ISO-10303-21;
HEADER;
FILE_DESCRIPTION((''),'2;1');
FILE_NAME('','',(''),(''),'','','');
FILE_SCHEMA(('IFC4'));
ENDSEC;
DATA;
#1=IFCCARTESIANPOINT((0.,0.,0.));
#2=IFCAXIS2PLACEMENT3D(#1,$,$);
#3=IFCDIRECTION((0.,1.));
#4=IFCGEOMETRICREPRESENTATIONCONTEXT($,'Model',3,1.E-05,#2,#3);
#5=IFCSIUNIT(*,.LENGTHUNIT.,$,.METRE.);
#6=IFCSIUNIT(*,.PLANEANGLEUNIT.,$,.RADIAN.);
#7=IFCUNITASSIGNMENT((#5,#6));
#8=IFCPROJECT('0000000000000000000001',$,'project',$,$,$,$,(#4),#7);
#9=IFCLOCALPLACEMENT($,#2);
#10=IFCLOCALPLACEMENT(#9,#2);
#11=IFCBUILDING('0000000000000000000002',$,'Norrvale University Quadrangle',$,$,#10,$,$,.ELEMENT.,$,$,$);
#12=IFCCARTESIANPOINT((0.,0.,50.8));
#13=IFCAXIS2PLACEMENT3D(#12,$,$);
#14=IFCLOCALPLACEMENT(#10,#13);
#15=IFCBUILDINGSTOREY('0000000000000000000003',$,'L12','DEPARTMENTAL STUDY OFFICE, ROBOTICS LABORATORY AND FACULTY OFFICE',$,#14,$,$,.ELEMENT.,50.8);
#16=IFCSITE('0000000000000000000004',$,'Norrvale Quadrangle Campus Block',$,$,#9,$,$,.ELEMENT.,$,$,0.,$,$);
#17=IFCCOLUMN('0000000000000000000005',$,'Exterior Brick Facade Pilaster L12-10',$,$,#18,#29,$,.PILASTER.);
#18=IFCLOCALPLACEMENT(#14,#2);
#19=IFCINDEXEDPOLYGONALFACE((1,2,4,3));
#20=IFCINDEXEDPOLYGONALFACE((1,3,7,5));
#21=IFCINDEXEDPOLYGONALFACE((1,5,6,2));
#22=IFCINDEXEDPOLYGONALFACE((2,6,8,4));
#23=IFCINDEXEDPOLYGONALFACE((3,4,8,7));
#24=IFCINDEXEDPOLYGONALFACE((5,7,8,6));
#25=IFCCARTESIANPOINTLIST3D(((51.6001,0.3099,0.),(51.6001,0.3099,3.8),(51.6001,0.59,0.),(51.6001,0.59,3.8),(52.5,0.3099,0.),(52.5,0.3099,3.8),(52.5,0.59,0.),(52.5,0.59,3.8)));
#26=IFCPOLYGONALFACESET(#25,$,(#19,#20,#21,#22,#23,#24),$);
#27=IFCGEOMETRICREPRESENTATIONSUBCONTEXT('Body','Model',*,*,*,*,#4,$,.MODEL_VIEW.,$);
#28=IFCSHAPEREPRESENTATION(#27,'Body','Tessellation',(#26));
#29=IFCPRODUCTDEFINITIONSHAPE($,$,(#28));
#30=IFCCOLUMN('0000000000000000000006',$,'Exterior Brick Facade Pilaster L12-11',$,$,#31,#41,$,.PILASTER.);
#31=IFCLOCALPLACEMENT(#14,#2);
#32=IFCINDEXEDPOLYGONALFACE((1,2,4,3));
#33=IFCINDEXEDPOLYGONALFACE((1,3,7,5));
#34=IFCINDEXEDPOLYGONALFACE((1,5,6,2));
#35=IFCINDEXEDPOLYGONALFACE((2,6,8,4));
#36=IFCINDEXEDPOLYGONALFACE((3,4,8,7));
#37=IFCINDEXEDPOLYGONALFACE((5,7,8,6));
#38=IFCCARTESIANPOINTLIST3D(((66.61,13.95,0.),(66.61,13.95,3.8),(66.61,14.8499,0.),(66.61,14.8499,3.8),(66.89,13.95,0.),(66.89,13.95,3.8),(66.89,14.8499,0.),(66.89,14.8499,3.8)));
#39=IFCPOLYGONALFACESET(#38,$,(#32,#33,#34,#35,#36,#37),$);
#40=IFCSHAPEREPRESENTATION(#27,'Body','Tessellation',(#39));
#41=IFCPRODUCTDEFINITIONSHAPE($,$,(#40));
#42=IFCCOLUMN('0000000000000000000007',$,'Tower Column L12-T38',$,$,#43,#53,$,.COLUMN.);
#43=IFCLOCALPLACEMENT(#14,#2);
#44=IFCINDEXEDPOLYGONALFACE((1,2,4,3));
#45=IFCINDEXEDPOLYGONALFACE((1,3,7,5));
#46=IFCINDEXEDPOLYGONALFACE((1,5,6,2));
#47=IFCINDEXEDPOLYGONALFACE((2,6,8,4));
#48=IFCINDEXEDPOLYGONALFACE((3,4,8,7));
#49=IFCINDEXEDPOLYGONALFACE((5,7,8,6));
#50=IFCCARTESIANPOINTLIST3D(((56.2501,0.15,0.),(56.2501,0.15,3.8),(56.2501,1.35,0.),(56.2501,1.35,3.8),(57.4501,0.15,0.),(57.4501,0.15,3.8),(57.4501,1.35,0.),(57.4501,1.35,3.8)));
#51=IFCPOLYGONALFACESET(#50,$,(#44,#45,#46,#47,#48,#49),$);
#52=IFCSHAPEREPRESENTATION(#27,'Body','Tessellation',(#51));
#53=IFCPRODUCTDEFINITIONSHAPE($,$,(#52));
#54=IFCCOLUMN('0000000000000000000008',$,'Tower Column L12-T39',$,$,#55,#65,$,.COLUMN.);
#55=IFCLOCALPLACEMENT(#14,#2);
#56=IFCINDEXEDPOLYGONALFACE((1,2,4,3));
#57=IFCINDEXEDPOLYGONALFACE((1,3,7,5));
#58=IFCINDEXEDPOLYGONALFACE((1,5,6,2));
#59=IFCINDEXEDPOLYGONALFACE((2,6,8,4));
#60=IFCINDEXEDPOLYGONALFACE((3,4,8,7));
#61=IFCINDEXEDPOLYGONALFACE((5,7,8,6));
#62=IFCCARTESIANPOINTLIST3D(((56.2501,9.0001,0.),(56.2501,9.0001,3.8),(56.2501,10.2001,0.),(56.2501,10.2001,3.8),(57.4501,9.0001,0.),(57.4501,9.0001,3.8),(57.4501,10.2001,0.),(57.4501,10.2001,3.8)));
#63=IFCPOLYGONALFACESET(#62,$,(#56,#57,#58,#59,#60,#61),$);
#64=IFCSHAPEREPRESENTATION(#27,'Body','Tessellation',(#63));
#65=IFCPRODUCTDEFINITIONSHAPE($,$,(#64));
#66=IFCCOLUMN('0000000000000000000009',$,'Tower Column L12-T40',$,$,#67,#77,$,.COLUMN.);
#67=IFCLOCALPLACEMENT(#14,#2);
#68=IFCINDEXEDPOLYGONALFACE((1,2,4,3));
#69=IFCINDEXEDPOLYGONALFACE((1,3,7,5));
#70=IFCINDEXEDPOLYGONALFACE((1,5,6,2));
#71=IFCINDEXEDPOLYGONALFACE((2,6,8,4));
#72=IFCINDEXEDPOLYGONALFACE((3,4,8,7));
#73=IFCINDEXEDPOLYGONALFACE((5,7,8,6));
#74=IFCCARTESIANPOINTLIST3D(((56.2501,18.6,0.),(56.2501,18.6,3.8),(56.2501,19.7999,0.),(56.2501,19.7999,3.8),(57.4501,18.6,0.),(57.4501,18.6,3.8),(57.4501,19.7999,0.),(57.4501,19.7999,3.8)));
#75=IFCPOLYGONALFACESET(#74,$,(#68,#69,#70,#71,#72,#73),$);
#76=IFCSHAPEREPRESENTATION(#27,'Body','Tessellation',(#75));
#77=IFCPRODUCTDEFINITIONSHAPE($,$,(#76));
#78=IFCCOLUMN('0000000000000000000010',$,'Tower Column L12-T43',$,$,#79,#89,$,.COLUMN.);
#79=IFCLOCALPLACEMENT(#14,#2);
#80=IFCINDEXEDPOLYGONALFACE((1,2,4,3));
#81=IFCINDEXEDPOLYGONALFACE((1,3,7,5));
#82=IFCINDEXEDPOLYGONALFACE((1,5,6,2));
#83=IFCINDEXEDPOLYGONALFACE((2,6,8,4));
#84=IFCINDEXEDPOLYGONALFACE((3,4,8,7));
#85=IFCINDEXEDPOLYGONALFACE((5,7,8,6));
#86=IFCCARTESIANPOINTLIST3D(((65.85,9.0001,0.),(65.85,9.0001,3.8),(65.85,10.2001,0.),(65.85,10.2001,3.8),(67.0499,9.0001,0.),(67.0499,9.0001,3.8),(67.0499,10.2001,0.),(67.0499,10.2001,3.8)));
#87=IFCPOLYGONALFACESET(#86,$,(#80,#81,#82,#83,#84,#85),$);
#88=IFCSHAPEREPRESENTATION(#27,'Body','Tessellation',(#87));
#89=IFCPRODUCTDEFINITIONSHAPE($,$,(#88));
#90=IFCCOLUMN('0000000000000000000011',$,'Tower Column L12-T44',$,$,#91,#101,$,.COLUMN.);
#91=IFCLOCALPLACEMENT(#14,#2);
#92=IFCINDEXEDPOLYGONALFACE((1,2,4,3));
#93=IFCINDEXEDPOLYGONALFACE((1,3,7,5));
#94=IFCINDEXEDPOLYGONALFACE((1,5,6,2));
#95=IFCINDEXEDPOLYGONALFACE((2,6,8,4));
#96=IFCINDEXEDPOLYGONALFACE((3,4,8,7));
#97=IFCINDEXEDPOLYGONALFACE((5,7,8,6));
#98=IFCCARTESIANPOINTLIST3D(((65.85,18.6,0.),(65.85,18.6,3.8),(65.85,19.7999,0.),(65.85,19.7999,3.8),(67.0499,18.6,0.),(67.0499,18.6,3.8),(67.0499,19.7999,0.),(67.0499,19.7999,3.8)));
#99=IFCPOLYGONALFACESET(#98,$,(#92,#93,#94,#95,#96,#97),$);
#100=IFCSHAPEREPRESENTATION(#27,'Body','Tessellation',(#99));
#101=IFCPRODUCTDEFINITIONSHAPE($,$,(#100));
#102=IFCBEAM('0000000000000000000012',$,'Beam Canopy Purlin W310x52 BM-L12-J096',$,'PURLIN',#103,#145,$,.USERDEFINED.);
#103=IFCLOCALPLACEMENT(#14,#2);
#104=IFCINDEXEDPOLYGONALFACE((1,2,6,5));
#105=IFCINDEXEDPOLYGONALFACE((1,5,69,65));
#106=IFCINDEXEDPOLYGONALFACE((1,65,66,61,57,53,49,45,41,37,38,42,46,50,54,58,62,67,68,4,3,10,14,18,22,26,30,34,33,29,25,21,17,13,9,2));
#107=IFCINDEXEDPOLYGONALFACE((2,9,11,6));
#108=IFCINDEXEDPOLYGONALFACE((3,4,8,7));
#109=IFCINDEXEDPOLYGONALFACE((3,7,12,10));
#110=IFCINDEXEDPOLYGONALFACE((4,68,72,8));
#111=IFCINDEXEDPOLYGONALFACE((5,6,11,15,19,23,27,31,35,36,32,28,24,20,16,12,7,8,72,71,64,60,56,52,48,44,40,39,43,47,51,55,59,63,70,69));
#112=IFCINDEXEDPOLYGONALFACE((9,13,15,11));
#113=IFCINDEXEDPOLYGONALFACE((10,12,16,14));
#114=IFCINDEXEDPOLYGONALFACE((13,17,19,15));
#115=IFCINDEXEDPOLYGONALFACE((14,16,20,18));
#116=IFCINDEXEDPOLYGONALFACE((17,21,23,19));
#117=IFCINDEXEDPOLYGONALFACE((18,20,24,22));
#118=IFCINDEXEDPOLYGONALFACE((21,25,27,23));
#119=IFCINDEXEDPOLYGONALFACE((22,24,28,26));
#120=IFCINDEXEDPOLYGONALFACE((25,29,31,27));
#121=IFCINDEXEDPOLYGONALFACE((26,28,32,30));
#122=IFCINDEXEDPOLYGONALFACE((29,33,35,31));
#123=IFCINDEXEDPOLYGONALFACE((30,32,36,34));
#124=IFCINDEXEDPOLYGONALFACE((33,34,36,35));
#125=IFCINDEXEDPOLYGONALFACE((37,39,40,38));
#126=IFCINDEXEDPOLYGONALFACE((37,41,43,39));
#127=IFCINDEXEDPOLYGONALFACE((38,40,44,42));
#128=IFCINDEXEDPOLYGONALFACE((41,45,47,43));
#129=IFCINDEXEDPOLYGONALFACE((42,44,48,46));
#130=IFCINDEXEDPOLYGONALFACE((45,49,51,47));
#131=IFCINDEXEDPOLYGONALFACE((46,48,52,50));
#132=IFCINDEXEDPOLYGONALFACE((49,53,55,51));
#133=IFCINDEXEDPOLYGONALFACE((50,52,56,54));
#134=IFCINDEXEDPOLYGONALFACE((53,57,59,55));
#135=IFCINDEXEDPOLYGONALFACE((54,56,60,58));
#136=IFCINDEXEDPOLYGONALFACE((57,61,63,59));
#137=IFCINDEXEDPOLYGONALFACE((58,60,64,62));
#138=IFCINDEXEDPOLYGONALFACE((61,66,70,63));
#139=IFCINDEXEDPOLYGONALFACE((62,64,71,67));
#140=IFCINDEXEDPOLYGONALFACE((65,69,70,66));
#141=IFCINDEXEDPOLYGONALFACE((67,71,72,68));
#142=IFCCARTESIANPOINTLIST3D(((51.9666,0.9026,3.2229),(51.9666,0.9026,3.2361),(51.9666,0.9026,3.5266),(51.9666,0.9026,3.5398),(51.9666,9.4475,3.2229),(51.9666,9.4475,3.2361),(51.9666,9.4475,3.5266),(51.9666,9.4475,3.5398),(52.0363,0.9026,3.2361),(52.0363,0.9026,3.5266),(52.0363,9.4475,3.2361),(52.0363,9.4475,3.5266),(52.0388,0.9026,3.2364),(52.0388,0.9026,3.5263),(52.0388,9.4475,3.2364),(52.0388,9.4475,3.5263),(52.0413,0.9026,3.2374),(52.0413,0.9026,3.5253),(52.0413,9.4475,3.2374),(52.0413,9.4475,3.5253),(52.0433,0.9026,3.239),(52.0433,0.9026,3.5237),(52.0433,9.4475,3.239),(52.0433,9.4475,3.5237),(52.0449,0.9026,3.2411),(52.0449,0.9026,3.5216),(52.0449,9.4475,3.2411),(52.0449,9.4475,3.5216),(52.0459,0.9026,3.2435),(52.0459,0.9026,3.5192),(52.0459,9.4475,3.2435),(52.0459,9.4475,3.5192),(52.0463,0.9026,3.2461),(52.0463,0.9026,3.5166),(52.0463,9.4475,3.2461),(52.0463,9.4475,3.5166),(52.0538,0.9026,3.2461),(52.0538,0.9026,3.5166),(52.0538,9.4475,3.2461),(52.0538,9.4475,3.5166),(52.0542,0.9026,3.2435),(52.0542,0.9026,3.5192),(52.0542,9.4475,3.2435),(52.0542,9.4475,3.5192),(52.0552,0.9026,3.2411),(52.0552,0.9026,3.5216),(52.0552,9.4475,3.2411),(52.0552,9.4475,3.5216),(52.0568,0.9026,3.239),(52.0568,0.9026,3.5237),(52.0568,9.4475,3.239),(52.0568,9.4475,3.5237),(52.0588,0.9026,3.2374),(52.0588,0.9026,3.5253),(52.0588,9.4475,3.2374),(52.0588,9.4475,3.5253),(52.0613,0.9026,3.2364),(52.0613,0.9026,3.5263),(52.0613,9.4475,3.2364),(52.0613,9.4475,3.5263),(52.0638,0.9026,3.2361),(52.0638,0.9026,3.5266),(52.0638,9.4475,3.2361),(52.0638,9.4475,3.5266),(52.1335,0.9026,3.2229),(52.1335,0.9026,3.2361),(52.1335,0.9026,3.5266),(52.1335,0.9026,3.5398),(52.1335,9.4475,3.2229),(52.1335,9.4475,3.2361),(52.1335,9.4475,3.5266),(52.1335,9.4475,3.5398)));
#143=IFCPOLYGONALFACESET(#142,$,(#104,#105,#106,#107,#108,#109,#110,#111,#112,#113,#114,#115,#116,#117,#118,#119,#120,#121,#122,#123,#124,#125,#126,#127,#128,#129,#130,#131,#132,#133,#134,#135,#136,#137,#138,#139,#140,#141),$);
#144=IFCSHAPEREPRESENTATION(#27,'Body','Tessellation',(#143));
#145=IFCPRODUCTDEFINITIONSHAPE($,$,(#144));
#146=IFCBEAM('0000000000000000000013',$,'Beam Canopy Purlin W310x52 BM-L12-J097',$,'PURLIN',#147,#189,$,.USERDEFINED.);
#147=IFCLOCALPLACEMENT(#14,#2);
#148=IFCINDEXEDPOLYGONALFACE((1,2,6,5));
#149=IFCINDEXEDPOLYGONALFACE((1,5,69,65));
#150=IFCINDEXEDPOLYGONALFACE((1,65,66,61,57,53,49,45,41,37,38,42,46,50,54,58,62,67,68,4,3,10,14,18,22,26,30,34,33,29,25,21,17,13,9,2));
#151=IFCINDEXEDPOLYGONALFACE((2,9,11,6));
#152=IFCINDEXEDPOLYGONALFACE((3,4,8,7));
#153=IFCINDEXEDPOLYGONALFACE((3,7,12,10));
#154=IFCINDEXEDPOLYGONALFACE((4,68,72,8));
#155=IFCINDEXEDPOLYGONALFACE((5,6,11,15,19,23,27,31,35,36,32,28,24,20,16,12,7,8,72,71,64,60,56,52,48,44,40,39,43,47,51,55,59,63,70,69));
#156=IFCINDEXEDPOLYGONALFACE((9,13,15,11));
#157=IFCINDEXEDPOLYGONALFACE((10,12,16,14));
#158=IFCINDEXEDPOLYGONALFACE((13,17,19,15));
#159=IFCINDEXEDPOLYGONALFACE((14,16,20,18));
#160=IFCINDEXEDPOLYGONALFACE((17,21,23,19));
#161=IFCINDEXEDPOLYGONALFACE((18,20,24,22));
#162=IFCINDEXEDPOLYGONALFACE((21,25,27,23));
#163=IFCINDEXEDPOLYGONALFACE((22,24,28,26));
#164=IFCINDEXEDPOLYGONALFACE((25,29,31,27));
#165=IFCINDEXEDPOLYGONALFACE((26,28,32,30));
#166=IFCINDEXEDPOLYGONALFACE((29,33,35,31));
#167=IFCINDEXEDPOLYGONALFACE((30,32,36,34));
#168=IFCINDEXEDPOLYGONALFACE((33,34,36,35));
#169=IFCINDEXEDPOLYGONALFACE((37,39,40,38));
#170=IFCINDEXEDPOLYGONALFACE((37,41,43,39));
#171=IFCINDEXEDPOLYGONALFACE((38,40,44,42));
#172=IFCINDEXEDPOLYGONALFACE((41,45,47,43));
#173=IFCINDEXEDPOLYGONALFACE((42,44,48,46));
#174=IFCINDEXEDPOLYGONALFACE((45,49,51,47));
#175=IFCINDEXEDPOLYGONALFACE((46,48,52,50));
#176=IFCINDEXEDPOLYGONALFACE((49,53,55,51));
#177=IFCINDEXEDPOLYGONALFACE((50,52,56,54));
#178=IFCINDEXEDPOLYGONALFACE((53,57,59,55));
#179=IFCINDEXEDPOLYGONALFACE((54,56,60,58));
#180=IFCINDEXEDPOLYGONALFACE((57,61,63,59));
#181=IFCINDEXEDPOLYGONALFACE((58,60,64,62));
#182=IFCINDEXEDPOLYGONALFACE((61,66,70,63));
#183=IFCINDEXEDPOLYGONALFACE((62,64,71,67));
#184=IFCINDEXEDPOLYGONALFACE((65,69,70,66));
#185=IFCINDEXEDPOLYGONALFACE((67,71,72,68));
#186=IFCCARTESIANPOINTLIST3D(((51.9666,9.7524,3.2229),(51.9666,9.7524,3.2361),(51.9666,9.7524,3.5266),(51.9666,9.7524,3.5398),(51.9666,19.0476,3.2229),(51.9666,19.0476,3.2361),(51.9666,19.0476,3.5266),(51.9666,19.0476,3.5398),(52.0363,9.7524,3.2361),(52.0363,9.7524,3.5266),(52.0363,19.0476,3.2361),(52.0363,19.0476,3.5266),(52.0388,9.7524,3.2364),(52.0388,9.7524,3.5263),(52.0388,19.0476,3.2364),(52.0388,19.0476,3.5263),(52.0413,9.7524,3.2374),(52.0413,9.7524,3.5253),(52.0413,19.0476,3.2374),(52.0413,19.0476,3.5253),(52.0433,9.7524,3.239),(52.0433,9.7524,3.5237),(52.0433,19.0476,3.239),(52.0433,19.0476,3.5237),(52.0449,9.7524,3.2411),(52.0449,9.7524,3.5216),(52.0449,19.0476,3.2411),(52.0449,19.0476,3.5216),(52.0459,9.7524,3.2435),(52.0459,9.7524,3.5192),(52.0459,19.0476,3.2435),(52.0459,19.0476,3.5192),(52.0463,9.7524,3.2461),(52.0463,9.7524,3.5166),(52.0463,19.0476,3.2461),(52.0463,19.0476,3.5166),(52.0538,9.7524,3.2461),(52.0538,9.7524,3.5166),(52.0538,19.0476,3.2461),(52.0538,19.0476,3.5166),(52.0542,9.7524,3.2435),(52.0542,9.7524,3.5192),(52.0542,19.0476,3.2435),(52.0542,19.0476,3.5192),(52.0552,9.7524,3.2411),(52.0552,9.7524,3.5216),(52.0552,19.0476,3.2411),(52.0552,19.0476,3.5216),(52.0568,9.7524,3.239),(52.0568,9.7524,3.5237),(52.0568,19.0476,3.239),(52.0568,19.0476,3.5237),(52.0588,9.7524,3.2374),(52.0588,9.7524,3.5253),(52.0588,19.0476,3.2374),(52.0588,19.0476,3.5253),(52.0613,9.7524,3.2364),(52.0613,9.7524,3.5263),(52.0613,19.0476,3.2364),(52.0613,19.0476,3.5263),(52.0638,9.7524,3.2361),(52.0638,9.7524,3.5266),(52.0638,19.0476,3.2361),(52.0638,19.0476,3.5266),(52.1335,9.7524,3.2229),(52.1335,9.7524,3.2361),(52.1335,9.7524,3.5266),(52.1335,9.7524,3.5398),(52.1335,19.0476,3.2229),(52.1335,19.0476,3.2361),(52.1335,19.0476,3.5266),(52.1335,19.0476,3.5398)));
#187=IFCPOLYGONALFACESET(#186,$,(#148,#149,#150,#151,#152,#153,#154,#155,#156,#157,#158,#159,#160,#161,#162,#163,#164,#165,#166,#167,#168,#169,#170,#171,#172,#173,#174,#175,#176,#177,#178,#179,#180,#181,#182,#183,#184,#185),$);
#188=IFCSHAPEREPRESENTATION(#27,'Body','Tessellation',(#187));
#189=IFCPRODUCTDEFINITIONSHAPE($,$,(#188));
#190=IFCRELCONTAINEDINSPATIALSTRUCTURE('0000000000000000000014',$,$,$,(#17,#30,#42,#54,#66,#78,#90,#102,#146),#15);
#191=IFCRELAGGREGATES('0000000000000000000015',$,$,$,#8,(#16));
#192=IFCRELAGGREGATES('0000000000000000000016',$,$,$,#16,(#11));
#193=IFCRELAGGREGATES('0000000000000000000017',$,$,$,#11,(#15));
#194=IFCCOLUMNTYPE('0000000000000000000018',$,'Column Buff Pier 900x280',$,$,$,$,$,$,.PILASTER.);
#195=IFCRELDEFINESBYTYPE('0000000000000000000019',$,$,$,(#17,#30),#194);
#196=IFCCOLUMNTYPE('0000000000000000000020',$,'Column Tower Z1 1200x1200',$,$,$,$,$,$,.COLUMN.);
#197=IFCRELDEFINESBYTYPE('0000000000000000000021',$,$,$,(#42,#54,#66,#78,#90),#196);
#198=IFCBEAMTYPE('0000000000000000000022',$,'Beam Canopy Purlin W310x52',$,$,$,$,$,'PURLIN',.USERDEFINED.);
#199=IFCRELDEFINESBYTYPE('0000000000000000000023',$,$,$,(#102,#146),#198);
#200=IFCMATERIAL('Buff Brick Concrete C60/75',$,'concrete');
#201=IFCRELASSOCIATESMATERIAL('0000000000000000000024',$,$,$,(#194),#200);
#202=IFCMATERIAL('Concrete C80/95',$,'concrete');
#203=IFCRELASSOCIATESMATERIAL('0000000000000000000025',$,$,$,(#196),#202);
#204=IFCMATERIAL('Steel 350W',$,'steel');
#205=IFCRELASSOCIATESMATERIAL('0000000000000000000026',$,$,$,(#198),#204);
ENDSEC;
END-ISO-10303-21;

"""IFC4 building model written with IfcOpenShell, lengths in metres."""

from ifc_helpers import new_model, si_unit, direction, frame, origin, origin_2d, place, context, subcontext, project, spatial, rectangle, i_section, extrude, material, material_profile, profile_set, type_object, element, save


model = new_model("IFC4")

# Units and contexts
model_context = context("Model", 3, precision=1e-05, world=origin(), true_north=direction((0.0, 1.0)))
body_context = subcontext(model_context, "Body", "Model", "MODEL_VIEW")
ifc_project = project(units=[si_unit("LENGTHUNIT", "METRE"), si_unit("PLANEANGLEUNIT", "RADIAN")], contexts=[model_context])

# Site, building, storey
site_placement = place(None, origin())
site = spatial("IfcSite", under=ifc_project, at=site_placement, Name="Norrvale Quadrangle Campus Block", CompositionType="ELEMENT", RefElevation=0.0)
building_placement = place(site_placement, origin())
building = spatial("IfcBuilding", under=site, at=building_placement, Name="Norrvale University Quadrangle", CompositionType="ELEMENT")
storey_placement = place(building_placement, frame((0.0, 0.0, 50.8)))
storey = spatial("IfcBuildingStorey", under=building, at=storey_placement, Name="L12", Description="DEPARTMENTAL STUDY OFFICE, ROBOTICS LABORATORY AND FACULTY OFFICE", CompositionType="ELEMENT", Elevation=50.8)

# Columns
ifc_material_1 = material(Name="Buff Brick Concrete C60/75", Category="concrete")
ifc_material_profile_1 = material_profile(ifc_material_1, rectangle(XDim=0.8999, YDim=0.28, at=origin_2d()), Name="Buff Brick Concrete C60/75")
ifc_profile_set_1 = profile_set([ifc_material_profile_1], Name="Buff Brick Concrete C60/75")
column_type_1 = type_object("IfcColumnType", Name="Column Buff Pier 900x280", PredefinedType="PILASTER", material=ifc_profile_set_1)
for number, where, z_axis, x_axis, name in (
    (1, (52.05, 0.45, 0.0), (0.0, 0.0, 1.0), (1.0, 0.0, 0.0), "Exterior Brick Facade Pilaster L12-10"),
    (2, (66.75, 14.3999, 0.0), (0.0, 0.0, 1.0), (0.0, 1.0, 0.0), "Exterior Brick Facade Pilaster L12-11"),
):
    element("IfcColumn", number, at=place(storey_placement, frame(where, z_axis=z_axis, x_axis=x_axis)), inside=storey, type_object=column_type_1, Name=name, PredefinedType="PILASTER", context=body_context, shape_type="SweptSolid", body=[
        extrude(rectangle(XDim=0.8999, YDim=0.28, at=origin_2d()), origin(), (0.0, 0.0, 1.0), 3.8),
    ])
ifc_material_2 = material(Name="Concrete C80/95", Category="concrete")
ifc_material_profile_2 = material_profile(ifc_material_2, rectangle(XDim=1.2, YDim=1.2, at=origin_2d()), Name="Concrete C80/95")
ifc_profile_set_2 = profile_set([ifc_material_profile_2], Name="Concrete C80/95")
column_type_2 = type_object("IfcColumnType", Name="Column Tower Z1 1200x1200", PredefinedType="COLUMN", material=ifc_profile_set_2)
for number, where, z_axis, x_axis, name in (
    (3, (56.8501, 0.75, 0.0), (0.0, 0.0, 1.0), (1.0, 0.0, 0.0), "Tower Column L12-T38"),
    (4, (56.8501, 9.6001, 0.0), (0.0, 0.0, 1.0), (1.0, 0.0, 0.0), "Tower Column L12-T39"),
    (5, (56.8501, 19.2, 0.0), (0.0, 0.0, 1.0), (1.0, 0.0, 0.0), "Tower Column L12-T40"),
    (6, (66.45, 9.6001, 0.0), (0.0, 0.0, 1.0), (1.0, 0.0, 0.0), "Tower Column L12-T43"),
    (7, (66.45, 19.2, 0.0), (0.0, 0.0, 1.0), (1.0, 0.0, 0.0), "Tower Column L12-T44"),
):
    element("IfcColumn", number, at=place(storey_placement, frame(where, z_axis=z_axis, x_axis=x_axis)), inside=storey, type_object=column_type_2, Name=name, PredefinedType="COLUMN", context=body_context, shape_type="SweptSolid", body=[
        extrude(rectangle(XDim=1.2, YDim=1.2, at=origin_2d()), origin(), (0.0, 0.0, 1.0), 3.8),
    ])

# Beams
ifc_material_3 = material(Name="Steel 350W", Category="steel")
ifc_material_profile_3 = material_profile(ifc_material_3, i_section(OverallWidth=0.167, OverallDepth=0.3169, WebThickness=0.0076, FlangeThickness=0.0132, FilletRadius=0.01, at=origin_2d()), Name="Steel 350W")
ifc_profile_set_3 = profile_set([ifc_material_profile_3], Name="Steel 350W")
beam_type_1 = type_object("IfcBeamType", Name="Beam Canopy Purlin W310x52", ElementType="PURLIN", PredefinedType="USERDEFINED", material=ifc_profile_set_3)
beam_1_placement = place(storey_placement, frame((52.05, 0.9026, 3.3813), z_axis=(0.0, 1.0, 0.0), x_axis=(-1.0, 0.0, 0.0)))
element("IfcBeam", 8, at=beam_1_placement, inside=storey, type_object=beam_type_1, Name="Beam Canopy Purlin W310x52 BM-L12-J096", ObjectType="PURLIN", PredefinedType="USERDEFINED", context=body_context, shape_type="SweptSolid", body=[
    extrude(i_section(OverallWidth=0.167, OverallDepth=0.3169, WebThickness=0.0076, FlangeThickness=0.0132, FilletRadius=0.01, at=origin_2d()), origin(), (0.0, 0.0, 1.0), 8.5449),
])
beam_2_placement = place(storey_placement, frame((52.05, 9.7524, 3.3813), z_axis=(0.0, 1.0, 0.0), x_axis=(-1.0, 0.0, 0.0)))
element("IfcBeam", 9, at=beam_2_placement, inside=storey, type_object=beam_type_1, Name="Beam Canopy Purlin W310x52 BM-L12-J097", ObjectType="PURLIN", PredefinedType="USERDEFINED", context=body_context, shape_type="SweptSolid", body=[
    extrude(i_section(OverallWidth=0.167, OverallDepth=0.3169, WebThickness=0.0076, FlangeThickness=0.0132, FilletRadius=0.01, at=origin_2d()), origin(), (0.0, 0.0, 1.0), 9.2952),
])

save(model, "model.ifc")
